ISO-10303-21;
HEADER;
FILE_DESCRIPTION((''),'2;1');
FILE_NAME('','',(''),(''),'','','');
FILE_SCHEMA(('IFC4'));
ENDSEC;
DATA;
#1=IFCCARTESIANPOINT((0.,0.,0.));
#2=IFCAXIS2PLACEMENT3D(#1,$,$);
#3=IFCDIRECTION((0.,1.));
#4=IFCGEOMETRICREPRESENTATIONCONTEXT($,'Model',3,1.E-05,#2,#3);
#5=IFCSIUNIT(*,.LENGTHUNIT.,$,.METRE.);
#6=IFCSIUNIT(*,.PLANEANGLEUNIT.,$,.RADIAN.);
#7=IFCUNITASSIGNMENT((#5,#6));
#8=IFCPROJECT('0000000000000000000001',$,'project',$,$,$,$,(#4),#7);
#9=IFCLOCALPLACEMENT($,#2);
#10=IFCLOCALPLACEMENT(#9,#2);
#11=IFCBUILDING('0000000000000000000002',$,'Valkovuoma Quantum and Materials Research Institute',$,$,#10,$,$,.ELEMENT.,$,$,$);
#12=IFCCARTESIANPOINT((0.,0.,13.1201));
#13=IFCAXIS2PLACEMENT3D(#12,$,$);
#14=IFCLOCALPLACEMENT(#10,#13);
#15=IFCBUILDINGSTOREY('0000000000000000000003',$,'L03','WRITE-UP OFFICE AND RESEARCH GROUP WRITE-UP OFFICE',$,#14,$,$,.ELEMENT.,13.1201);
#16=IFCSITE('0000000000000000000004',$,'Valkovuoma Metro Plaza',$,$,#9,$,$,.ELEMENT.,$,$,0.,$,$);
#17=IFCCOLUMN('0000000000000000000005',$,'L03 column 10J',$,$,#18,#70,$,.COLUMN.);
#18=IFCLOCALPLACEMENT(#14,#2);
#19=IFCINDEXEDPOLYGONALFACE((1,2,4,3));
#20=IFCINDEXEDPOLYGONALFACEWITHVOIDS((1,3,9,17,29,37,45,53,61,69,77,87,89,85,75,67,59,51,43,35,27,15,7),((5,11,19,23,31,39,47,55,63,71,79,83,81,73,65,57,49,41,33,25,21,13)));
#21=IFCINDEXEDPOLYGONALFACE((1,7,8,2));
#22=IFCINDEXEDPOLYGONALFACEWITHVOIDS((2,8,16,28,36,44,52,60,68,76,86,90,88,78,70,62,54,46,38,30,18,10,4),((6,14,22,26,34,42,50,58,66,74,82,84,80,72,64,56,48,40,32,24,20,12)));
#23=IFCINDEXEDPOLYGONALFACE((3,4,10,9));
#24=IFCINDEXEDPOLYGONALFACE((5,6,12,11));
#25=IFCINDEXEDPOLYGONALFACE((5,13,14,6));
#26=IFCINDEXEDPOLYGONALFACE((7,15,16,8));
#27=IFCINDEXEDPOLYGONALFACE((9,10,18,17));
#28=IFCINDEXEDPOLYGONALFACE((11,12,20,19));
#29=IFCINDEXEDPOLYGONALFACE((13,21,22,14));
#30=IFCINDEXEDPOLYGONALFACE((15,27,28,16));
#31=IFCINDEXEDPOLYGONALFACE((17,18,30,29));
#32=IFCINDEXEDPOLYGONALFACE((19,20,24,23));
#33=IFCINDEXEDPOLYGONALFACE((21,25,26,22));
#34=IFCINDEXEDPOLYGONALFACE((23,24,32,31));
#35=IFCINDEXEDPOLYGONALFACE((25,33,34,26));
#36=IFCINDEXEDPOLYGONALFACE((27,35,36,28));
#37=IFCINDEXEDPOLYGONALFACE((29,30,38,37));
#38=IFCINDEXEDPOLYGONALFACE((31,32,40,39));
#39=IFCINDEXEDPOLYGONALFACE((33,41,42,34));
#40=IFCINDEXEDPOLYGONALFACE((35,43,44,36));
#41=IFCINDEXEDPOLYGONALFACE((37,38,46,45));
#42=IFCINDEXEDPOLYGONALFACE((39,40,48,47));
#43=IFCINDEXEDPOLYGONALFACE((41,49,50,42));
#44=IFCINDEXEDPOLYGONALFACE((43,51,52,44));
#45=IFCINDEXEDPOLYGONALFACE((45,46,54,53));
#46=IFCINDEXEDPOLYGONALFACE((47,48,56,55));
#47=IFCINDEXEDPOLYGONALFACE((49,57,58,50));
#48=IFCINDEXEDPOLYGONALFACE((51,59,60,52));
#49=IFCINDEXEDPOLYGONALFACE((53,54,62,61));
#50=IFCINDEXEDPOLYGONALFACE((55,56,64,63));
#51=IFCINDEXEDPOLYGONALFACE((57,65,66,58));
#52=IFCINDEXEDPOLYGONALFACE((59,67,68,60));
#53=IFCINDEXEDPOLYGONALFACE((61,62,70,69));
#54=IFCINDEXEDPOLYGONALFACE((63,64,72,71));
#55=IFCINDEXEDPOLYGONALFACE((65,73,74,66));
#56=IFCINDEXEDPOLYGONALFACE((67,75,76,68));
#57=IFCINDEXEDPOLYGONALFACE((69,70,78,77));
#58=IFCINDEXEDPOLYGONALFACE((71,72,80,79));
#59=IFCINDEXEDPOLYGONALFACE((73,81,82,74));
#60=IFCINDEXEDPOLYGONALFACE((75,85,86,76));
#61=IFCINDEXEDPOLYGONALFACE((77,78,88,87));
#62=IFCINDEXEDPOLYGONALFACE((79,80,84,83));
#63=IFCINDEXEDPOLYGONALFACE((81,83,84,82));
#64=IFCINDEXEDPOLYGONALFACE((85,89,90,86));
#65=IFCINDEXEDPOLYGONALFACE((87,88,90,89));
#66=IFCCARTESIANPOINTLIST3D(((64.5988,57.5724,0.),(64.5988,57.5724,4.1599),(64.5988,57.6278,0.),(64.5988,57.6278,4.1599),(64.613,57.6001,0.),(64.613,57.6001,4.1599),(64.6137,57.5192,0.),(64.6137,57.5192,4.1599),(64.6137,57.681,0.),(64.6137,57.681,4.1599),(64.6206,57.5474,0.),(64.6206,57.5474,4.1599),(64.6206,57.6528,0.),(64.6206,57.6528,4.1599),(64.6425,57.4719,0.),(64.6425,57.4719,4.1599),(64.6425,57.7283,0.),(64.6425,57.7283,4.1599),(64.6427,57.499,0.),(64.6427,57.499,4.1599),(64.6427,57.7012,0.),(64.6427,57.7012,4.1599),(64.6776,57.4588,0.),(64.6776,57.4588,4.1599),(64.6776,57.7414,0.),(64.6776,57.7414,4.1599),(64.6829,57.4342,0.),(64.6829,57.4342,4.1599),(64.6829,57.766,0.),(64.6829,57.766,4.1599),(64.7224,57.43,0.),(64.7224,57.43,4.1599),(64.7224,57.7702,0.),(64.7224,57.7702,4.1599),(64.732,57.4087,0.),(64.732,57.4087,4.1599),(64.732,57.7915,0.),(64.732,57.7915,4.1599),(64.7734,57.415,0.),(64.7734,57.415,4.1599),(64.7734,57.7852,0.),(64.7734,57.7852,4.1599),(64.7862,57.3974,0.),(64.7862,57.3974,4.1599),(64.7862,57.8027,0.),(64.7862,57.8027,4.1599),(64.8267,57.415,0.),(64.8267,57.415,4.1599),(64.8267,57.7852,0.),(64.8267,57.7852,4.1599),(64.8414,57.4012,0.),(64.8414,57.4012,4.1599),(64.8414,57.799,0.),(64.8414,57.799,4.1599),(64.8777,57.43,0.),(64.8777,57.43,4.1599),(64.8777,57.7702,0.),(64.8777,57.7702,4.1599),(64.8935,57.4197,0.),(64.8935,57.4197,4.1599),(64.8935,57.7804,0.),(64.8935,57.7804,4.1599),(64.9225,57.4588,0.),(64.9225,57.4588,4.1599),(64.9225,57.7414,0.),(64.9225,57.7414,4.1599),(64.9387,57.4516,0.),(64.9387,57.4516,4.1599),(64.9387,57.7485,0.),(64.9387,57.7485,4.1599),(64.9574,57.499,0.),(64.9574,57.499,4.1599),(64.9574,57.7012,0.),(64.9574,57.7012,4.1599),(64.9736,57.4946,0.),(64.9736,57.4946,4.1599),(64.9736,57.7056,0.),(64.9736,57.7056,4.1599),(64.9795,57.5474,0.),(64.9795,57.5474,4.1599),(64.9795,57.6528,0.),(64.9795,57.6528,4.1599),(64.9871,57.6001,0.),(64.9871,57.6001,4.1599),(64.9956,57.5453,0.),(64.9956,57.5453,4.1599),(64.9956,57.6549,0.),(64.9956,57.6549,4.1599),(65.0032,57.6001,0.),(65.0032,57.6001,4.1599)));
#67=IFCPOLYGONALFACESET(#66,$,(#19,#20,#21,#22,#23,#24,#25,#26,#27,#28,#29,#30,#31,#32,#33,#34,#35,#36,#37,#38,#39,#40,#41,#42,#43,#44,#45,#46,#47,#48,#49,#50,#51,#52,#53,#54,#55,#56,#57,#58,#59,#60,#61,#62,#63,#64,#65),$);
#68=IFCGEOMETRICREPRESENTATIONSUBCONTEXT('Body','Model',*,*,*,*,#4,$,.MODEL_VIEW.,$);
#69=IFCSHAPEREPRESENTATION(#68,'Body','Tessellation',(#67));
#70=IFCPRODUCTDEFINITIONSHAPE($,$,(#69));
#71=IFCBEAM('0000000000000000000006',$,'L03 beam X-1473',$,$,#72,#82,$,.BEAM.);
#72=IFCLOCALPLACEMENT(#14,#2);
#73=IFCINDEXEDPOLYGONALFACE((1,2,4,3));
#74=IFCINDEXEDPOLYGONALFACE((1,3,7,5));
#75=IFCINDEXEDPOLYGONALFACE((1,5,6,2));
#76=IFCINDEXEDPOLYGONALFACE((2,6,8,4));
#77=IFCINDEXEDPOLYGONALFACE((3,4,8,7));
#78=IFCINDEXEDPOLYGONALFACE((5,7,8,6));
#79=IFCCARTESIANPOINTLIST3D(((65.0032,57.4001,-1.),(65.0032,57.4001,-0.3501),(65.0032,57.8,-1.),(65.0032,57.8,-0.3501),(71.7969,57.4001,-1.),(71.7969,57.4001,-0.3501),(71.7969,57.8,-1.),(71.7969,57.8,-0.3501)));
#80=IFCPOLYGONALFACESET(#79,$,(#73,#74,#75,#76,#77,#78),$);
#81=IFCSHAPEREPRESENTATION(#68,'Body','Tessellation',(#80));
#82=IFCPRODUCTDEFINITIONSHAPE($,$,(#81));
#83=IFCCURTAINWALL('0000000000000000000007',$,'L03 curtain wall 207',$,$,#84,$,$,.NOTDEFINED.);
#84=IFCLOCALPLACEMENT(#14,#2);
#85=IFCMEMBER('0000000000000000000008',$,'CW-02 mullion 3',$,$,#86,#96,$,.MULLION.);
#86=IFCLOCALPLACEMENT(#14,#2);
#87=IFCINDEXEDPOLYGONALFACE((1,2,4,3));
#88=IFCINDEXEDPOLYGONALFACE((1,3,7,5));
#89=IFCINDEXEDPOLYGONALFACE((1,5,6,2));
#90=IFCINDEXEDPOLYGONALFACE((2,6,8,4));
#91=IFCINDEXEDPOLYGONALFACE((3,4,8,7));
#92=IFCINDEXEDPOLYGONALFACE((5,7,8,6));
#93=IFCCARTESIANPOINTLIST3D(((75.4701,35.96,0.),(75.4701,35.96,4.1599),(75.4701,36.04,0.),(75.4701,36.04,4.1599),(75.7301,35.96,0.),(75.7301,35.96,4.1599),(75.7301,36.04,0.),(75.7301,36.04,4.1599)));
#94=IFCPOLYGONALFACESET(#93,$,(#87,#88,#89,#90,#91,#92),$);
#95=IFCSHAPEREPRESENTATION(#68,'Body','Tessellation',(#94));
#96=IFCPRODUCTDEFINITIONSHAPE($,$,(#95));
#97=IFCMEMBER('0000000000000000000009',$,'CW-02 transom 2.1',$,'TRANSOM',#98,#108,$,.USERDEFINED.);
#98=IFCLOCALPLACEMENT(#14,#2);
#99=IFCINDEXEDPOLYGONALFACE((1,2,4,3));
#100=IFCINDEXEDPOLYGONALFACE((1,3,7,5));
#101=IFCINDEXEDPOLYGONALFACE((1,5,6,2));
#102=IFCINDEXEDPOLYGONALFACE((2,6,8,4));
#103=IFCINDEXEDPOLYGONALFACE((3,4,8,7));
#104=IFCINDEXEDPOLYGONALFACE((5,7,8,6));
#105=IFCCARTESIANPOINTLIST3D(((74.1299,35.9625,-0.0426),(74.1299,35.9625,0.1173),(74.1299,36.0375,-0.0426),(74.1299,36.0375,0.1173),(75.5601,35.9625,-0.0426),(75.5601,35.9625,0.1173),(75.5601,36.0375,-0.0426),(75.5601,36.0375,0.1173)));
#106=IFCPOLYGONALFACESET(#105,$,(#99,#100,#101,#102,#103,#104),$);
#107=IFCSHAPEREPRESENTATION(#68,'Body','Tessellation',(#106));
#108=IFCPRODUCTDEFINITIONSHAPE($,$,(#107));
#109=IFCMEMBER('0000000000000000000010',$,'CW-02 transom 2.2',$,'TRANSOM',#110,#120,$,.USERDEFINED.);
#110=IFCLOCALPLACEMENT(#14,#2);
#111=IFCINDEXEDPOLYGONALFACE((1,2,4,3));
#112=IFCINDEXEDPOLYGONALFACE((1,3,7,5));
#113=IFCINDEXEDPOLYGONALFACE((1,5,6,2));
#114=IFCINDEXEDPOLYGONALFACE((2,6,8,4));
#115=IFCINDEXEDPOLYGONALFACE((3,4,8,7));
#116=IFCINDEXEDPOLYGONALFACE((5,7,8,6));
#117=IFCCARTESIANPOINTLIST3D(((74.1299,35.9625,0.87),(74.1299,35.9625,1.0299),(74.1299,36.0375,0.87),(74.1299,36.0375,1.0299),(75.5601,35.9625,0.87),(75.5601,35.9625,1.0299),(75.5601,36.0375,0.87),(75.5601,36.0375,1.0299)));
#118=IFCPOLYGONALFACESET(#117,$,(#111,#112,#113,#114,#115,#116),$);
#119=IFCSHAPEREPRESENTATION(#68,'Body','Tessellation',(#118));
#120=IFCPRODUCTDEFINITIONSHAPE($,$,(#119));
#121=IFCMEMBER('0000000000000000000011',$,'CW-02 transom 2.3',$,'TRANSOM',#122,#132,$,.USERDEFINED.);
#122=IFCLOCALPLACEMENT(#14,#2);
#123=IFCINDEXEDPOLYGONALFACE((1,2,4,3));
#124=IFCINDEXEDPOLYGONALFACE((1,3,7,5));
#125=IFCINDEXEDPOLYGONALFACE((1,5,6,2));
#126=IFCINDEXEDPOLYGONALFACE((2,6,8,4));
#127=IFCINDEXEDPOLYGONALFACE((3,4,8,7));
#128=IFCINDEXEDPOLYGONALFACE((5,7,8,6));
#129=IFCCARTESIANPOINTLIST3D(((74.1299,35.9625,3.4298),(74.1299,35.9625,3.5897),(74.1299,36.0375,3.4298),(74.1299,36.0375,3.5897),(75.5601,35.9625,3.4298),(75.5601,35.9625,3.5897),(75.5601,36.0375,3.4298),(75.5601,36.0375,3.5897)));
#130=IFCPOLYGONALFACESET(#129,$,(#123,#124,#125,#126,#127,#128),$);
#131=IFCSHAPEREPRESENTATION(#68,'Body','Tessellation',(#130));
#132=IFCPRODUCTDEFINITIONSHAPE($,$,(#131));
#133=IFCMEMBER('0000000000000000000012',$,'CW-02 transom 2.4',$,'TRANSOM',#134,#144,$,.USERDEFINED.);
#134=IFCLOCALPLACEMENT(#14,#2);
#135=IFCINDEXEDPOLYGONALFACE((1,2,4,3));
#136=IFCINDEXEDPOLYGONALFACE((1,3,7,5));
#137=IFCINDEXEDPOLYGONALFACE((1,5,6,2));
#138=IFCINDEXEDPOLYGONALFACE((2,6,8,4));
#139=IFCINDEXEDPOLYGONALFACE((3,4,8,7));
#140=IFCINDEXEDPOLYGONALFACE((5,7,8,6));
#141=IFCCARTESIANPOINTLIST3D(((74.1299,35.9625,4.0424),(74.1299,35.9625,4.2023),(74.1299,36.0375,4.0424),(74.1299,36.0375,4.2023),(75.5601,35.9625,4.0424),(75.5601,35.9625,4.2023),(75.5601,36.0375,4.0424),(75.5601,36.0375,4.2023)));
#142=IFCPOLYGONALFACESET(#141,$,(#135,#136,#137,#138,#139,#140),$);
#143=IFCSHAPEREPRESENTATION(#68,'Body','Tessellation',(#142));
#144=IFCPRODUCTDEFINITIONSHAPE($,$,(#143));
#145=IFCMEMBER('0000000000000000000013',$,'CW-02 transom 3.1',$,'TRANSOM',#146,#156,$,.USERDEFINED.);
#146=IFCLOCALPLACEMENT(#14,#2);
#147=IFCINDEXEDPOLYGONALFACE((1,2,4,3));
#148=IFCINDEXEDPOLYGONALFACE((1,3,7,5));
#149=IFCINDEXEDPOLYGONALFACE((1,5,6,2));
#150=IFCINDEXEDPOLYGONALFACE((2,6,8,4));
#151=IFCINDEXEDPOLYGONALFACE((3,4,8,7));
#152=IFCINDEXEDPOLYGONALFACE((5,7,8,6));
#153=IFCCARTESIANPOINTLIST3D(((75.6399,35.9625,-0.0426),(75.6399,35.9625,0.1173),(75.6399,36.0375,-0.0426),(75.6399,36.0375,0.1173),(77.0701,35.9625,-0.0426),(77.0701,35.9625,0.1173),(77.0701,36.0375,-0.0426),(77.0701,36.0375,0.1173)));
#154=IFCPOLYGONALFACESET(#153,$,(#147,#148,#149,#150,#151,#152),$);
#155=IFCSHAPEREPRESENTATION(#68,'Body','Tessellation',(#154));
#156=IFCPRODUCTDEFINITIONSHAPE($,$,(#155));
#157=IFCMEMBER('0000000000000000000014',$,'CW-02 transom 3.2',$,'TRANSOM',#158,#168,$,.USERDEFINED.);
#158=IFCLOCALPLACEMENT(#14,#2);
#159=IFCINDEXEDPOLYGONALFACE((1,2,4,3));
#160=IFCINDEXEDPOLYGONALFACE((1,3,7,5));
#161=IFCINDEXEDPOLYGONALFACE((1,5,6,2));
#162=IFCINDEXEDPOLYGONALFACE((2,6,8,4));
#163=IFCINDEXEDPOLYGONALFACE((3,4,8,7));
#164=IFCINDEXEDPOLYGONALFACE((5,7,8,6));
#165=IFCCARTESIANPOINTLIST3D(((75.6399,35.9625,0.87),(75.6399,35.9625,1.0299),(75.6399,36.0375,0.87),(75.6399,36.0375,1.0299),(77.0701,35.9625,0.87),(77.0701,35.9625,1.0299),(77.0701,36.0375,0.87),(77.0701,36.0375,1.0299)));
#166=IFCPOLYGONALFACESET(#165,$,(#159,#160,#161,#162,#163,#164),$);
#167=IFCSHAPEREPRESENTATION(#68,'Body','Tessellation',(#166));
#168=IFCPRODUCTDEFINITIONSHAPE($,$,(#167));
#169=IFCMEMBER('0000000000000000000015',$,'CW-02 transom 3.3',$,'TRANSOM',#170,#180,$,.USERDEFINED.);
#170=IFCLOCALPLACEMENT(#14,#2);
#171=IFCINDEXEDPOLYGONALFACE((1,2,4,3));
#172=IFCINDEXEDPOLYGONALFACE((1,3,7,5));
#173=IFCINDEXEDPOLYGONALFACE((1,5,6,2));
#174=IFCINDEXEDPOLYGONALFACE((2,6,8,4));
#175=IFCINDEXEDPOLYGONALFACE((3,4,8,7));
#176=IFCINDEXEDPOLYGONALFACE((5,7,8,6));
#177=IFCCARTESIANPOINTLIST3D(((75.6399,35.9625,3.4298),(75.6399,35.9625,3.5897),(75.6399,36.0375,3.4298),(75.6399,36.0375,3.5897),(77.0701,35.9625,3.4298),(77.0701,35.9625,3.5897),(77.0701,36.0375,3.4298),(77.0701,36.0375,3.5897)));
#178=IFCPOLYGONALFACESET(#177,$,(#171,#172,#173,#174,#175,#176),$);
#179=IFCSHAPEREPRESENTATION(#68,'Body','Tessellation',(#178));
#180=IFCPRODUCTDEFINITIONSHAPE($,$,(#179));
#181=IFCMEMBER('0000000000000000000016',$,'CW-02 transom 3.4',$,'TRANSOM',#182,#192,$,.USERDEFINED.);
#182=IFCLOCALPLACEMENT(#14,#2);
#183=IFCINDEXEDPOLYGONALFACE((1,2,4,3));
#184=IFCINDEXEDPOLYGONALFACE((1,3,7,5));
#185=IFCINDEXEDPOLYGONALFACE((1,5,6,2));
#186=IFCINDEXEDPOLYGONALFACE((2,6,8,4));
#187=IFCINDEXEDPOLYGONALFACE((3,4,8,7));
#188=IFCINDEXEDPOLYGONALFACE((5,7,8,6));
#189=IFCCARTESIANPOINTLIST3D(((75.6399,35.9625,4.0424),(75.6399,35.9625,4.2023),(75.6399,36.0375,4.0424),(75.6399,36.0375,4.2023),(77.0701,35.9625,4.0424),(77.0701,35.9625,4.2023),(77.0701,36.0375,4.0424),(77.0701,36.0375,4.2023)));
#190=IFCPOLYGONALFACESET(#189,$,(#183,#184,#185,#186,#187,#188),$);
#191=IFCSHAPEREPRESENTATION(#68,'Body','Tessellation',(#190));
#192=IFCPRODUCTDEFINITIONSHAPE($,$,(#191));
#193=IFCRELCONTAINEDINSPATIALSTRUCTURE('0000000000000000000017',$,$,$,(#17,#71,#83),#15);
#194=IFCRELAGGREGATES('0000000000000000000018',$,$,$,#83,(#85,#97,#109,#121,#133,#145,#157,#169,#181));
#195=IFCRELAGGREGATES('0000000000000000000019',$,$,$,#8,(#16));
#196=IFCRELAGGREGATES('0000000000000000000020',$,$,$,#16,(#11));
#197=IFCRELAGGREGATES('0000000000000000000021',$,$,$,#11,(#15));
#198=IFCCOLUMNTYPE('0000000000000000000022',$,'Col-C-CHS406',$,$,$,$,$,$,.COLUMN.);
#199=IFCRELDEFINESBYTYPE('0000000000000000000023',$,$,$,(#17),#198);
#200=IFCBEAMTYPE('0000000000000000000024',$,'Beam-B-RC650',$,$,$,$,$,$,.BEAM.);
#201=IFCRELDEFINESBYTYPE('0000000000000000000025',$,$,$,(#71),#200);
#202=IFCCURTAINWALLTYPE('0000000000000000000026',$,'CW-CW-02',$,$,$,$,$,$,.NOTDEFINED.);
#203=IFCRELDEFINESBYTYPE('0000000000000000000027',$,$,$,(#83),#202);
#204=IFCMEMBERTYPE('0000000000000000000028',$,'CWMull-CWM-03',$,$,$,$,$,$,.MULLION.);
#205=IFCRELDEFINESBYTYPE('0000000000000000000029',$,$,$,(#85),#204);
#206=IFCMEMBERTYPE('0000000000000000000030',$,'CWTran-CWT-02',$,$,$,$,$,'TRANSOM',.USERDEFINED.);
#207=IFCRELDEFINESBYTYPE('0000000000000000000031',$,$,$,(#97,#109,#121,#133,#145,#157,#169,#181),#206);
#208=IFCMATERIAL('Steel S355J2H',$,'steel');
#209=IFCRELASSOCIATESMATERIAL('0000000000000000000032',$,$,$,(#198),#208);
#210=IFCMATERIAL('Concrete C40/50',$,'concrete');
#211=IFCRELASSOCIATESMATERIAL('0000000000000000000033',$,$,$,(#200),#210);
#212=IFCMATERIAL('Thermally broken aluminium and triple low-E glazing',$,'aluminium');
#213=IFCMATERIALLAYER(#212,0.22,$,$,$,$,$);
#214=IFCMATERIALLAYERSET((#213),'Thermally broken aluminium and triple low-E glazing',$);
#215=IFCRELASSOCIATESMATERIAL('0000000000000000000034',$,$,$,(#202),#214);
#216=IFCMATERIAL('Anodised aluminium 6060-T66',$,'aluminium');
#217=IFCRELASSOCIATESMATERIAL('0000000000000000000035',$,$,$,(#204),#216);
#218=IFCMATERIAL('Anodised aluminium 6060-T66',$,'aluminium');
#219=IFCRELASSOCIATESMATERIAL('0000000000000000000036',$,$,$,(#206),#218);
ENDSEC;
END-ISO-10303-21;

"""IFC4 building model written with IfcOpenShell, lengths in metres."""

from ifc_helpers import new_model, si_unit, direction, frame, origin, origin_2d, place, context, subcontext, project, spatial, rectangle, hollow_circle, extrude, material, layer, layer_set, material_profile, profile_set, type_object, element, aggregate, save


model = new_model("IFC4")

# Units and contexts
model_context = context("Model", 3, precision=1e-05, world=origin(), true_north=direction((0.0, 1.0)))
body_context = subcontext(model_context, "Body", "Model", "MODEL_VIEW")
ifc_project = project(units=[si_unit("LENGTHUNIT", "METRE"), si_unit("PLANEANGLEUNIT", "RADIAN")], contexts=[model_context])

# Site, building, storey
site_placement = place(None, origin())
site = spatial("IfcSite", under=ifc_project, at=site_placement, Name="Valkovuoma Metro Plaza", CompositionType="ELEMENT", RefElevation=0.0)
building_placement = place(site_placement, origin())
building = spatial("IfcBuilding", under=site, at=building_placement, Name="Valkovuoma Quantum and Materials Research Institute", CompositionType="ELEMENT")
storey_placement = place(building_placement, frame((0.0, 0.0, 13.1201)))
storey = spatial("IfcBuildingStorey", under=building, at=storey_placement, Name="L03", Description="WRITE-UP OFFICE AND RESEARCH GROUP WRITE-UP OFFICE", CompositionType="ELEMENT", Elevation=13.1201)

# Column
ifc_material_1 = material(Name="Steel S355J2H", Category="steel")
ifc_material_profile_1 = material_profile(ifc_material_1, hollow_circle(Radius=0.2031, WallThickness=0.0161, at=origin_2d()), Name="Steel S355J2H")
ifc_profile_set_1 = profile_set([ifc_material_profile_1], Name="Steel S355J2H")
column_type = type_object("IfcColumnType", Name="Col-C-CHS406", PredefinedType="COLUMN", material=ifc_profile_set_1)
column_placement = place(storey_placement, frame((64.8, 57.6001, 0.0), z_axis=(0.0, 0.0, 1.0), x_axis=(1.0, 0.0, 0.0)))
element("IfcColumn", 1, at=column_placement, inside=storey, type_object=column_type, Name="L03 column 10J", PredefinedType="COLUMN", context=body_context, shape_type="SweptSolid", body=[
    extrude(hollow_circle(Radius=0.2031, WallThickness=0.0161, at=origin_2d()), origin(), (0.0, 0.0, 1.0), 4.1599),
])

# Beam
ifc_material_2 = material(Name="Concrete C40/50", Category="concrete")
ifc_material_profile_2 = material_profile(ifc_material_2, rectangle(XDim=0.3999, YDim=0.6499, at=origin_2d()), Name="Concrete C40/50")
ifc_profile_set_2 = profile_set([ifc_material_profile_2], Name="Concrete C40/50")
beam_type = type_object("IfcBeamType", Name="Beam-B-RC650", PredefinedType="BEAM", material=ifc_profile_set_2)
beam_placement = place(storey_placement, frame((65.0032, 57.6001, -0.675), z_axis=(1.0, 0.0, 0.0), x_axis=(0.0, 1.0, 0.0)))
element("IfcBeam", 2, at=beam_placement, inside=storey, type_object=beam_type, Name="L03 beam X-1473", PredefinedType="BEAM", context=body_context, shape_type="SweptSolid", body=[
    extrude(rectangle(XDim=0.3999, YDim=0.6499, at=origin_2d()), origin(), (0.0, 0.0, 1.0), 6.7937),
])

# Curtain wall, members
ifc_material_3 = material(Name="Thermally broken aluminium and triple low-E glazing", Category="aluminium")
ifc_layer_1 = layer(ifc_material_3, 0.22)
ifc_layer_set_1 = layer_set([ifc_layer_1], Name="Thermally broken aluminium and triple low-E glazing")
curtain_wall_type = type_object("IfcCurtainWallType", Name="CW-CW-02", PredefinedType="NOTDEFINED", material=ifc_layer_set_1)
curtain_wall_placement = place(storey_placement, origin())
curtain_wall = element("IfcCurtainWall", 3, at=curtain_wall_placement, inside=storey, type_object=curtain_wall_type, Name="L03 curtain wall 207", PredefinedType="NOTDEFINED")
ifc_material_4 = material(Name="Anodised aluminium 6060-T66", Category="aluminium")
ifc_material_profile_3 = material_profile(ifc_material_4, rectangle(XDim=0.0801, YDim=0.26, at=origin_2d()), Name="Anodised aluminium 6060-T66")
ifc_profile_set_3 = profile_set([ifc_material_profile_3], Name="Anodised aluminium 6060-T66")
member_type_1 = type_object("IfcMemberType", Name="CWMull-CWM-03", PredefinedType="MULLION", material=ifc_profile_set_3)
member_1_placement = place(storey_placement, frame((75.6001, 36.0, 0.0), z_axis=(0.0, 0.0, 1.0), x_axis=(0.0, 1.0, 0.0)))
member_1 = element("IfcMember", 4, at=member_1_placement, type_object=member_type_1, Name="CW-02 mullion 3", PredefinedType="MULLION", context=body_context, shape_type="SweptSolid", body=[
    extrude(rectangle(XDim=0.0801, YDim=0.26, at=origin_2d()), origin(), (0.0, 0.0, 1.0), 4.1599),
])
ifc_material_5 = material(Name="Anodised aluminium 6060-T66", Category="aluminium")
ifc_material_profile_4 = material_profile(ifc_material_5, rectangle(XDim=0.075, YDim=0.1599, at=origin_2d()), Name="Anodised aluminium 6060-T66")
ifc_profile_set_4 = profile_set([ifc_material_profile_4], Name="Anodised aluminium 6060-T66")
member_type_2 = type_object("IfcMemberType", Name="CWTran-CWT-02", ElementType="TRANSOM", PredefinedType="USERDEFINED", material=ifc_profile_set_4)
member_2_placement = place(storey_placement, frame((74.1299, 36.0, 0.0374), z_axis=(1.0, 0.0, 0.0), x_axis=(0.0, 1.0, 0.0)))
member_2 = element("IfcMember", 5, at=member_2_placement, type_object=member_type_2, Name="CW-02 transom 2.1", ObjectType="TRANSOM", PredefinedType="USERDEFINED", context=body_context, shape_type="SweptSolid", body=[
    extrude(rectangle(XDim=0.075, YDim=0.1599, at=origin_2d()), origin(), (0.0, 0.0, 1.0), 1.4302),
])
member_3_placement = place(storey_placement, frame((74.1299, 36.0, 0.95), z_axis=(1.0, 0.0, 0.0), x_axis=(0.0, 1.0, 0.0)))
member_3 = element("IfcMember", 6, at=member_3_placement, type_object=member_type_2, Name="CW-02 transom 2.2", ObjectType="TRANSOM", PredefinedType="USERDEFINED", context=body_context, shape_type="SweptSolid", body=[
    extrude(rectangle(XDim=0.075, YDim=0.1599, at=origin_2d()), origin(), (0.0, 0.0, 1.0), 1.4302),
])
member_4_placement = place(storey_placement, frame((74.1299, 36.0, 3.5098), z_axis=(1.0, 0.0, 0.0), x_axis=(0.0, 1.0, 0.0)))
member_4 = element("IfcMember", 7, at=member_4_placement, type_object=member_type_2, Name="CW-02 transom 2.3", ObjectType="TRANSOM", PredefinedType="USERDEFINED", context=body_context, shape_type="SweptSolid", body=[
    extrude(rectangle(XDim=0.075, YDim=0.1599, at=origin_2d()), origin(), (0.0, 0.0, 1.0), 1.4302),
])
member_5_placement = place(storey_placement, frame((74.1299, 36.0, 4.1223), z_axis=(1.0, 0.0, 0.0), x_axis=(0.0, 1.0, 0.0)))
member_5 = element("IfcMember", 8, at=member_5_placement, type_object=member_type_2, Name="CW-02 transom 2.4", ObjectType="TRANSOM", PredefinedType="USERDEFINED", context=body_context, shape_type="SweptSolid", body=[
    extrude(rectangle(XDim=0.075, YDim=0.1599, at=origin_2d()), origin(), (0.0, 0.0, 1.0), 1.4302),
])
member_6_placement = place(storey_placement, frame((75.6399, 36.0, 0.0374), z_axis=(1.0, 0.0, 0.0), x_axis=(0.0, 1.0, 0.0)))
member_6 = element("IfcMember", 9, at=member_6_placement, type_object=member_type_2, Name="CW-02 transom 3.1", ObjectType="TRANSOM", PredefinedType="USERDEFINED", context=body_context, shape_type="SweptSolid", body=[
    extrude(rectangle(XDim=0.075, YDim=0.1599, at=origin_2d()), origin(), (0.0, 0.0, 1.0), 1.4302),
])
member_7_placement = place(storey_placement, frame((75.6399, 36.0, 0.95), z_axis=(1.0, 0.0, 0.0), x_axis=(0.0, 1.0, 0.0)))
member_7 = element("IfcMember", 10, at=member_7_placement, type_object=member_type_2, Name="CW-02 transom 3.2", ObjectType="TRANSOM", PredefinedType="USERDEFINED", context=body_context, shape_type="SweptSolid", body=[
    extrude(rectangle(XDim=0.075, YDim=0.1599, at=origin_2d()), origin(), (0.0, 0.0, 1.0), 1.4302),
])
member_8_placement = place(storey_placement, frame((75.6399, 36.0, 3.5098), z_axis=(1.0, 0.0, 0.0), x_axis=(0.0, 1.0, 0.0)))
member_8 = element("IfcMember", 11, at=member_8_placement, type_object=member_type_2, Name="CW-02 transom 3.3", ObjectType="TRANSOM", PredefinedType="USERDEFINED", context=body_context, shape_type="SweptSolid", body=[
    extrude(rectangle(XDim=0.075, YDim=0.1599, at=origin_2d()), origin(), (0.0, 0.0, 1.0), 1.4302),
])
member_9_placement = place(storey_placement, frame((75.6399, 36.0, 4.1223), z_axis=(1.0, 0.0, 0.0), x_axis=(0.0, 1.0, 0.0)))
member_9 = element("IfcMember", 12, at=member_9_placement, type_object=member_type_2, Name="CW-02 transom 3.4", ObjectType="TRANSOM", PredefinedType="USERDEFINED", context=body_context, shape_type="SweptSolid", body=[
    extrude(rectangle(XDim=0.075, YDim=0.1599, at=origin_2d()), origin(), (0.0, 0.0, 1.0), 1.4302),
])
aggregate(curtain_wall, [member_1, member_2, member_3, member_4, member_5, member_6, member_7, member_8, member_9])

save(model, "model.ifc")
